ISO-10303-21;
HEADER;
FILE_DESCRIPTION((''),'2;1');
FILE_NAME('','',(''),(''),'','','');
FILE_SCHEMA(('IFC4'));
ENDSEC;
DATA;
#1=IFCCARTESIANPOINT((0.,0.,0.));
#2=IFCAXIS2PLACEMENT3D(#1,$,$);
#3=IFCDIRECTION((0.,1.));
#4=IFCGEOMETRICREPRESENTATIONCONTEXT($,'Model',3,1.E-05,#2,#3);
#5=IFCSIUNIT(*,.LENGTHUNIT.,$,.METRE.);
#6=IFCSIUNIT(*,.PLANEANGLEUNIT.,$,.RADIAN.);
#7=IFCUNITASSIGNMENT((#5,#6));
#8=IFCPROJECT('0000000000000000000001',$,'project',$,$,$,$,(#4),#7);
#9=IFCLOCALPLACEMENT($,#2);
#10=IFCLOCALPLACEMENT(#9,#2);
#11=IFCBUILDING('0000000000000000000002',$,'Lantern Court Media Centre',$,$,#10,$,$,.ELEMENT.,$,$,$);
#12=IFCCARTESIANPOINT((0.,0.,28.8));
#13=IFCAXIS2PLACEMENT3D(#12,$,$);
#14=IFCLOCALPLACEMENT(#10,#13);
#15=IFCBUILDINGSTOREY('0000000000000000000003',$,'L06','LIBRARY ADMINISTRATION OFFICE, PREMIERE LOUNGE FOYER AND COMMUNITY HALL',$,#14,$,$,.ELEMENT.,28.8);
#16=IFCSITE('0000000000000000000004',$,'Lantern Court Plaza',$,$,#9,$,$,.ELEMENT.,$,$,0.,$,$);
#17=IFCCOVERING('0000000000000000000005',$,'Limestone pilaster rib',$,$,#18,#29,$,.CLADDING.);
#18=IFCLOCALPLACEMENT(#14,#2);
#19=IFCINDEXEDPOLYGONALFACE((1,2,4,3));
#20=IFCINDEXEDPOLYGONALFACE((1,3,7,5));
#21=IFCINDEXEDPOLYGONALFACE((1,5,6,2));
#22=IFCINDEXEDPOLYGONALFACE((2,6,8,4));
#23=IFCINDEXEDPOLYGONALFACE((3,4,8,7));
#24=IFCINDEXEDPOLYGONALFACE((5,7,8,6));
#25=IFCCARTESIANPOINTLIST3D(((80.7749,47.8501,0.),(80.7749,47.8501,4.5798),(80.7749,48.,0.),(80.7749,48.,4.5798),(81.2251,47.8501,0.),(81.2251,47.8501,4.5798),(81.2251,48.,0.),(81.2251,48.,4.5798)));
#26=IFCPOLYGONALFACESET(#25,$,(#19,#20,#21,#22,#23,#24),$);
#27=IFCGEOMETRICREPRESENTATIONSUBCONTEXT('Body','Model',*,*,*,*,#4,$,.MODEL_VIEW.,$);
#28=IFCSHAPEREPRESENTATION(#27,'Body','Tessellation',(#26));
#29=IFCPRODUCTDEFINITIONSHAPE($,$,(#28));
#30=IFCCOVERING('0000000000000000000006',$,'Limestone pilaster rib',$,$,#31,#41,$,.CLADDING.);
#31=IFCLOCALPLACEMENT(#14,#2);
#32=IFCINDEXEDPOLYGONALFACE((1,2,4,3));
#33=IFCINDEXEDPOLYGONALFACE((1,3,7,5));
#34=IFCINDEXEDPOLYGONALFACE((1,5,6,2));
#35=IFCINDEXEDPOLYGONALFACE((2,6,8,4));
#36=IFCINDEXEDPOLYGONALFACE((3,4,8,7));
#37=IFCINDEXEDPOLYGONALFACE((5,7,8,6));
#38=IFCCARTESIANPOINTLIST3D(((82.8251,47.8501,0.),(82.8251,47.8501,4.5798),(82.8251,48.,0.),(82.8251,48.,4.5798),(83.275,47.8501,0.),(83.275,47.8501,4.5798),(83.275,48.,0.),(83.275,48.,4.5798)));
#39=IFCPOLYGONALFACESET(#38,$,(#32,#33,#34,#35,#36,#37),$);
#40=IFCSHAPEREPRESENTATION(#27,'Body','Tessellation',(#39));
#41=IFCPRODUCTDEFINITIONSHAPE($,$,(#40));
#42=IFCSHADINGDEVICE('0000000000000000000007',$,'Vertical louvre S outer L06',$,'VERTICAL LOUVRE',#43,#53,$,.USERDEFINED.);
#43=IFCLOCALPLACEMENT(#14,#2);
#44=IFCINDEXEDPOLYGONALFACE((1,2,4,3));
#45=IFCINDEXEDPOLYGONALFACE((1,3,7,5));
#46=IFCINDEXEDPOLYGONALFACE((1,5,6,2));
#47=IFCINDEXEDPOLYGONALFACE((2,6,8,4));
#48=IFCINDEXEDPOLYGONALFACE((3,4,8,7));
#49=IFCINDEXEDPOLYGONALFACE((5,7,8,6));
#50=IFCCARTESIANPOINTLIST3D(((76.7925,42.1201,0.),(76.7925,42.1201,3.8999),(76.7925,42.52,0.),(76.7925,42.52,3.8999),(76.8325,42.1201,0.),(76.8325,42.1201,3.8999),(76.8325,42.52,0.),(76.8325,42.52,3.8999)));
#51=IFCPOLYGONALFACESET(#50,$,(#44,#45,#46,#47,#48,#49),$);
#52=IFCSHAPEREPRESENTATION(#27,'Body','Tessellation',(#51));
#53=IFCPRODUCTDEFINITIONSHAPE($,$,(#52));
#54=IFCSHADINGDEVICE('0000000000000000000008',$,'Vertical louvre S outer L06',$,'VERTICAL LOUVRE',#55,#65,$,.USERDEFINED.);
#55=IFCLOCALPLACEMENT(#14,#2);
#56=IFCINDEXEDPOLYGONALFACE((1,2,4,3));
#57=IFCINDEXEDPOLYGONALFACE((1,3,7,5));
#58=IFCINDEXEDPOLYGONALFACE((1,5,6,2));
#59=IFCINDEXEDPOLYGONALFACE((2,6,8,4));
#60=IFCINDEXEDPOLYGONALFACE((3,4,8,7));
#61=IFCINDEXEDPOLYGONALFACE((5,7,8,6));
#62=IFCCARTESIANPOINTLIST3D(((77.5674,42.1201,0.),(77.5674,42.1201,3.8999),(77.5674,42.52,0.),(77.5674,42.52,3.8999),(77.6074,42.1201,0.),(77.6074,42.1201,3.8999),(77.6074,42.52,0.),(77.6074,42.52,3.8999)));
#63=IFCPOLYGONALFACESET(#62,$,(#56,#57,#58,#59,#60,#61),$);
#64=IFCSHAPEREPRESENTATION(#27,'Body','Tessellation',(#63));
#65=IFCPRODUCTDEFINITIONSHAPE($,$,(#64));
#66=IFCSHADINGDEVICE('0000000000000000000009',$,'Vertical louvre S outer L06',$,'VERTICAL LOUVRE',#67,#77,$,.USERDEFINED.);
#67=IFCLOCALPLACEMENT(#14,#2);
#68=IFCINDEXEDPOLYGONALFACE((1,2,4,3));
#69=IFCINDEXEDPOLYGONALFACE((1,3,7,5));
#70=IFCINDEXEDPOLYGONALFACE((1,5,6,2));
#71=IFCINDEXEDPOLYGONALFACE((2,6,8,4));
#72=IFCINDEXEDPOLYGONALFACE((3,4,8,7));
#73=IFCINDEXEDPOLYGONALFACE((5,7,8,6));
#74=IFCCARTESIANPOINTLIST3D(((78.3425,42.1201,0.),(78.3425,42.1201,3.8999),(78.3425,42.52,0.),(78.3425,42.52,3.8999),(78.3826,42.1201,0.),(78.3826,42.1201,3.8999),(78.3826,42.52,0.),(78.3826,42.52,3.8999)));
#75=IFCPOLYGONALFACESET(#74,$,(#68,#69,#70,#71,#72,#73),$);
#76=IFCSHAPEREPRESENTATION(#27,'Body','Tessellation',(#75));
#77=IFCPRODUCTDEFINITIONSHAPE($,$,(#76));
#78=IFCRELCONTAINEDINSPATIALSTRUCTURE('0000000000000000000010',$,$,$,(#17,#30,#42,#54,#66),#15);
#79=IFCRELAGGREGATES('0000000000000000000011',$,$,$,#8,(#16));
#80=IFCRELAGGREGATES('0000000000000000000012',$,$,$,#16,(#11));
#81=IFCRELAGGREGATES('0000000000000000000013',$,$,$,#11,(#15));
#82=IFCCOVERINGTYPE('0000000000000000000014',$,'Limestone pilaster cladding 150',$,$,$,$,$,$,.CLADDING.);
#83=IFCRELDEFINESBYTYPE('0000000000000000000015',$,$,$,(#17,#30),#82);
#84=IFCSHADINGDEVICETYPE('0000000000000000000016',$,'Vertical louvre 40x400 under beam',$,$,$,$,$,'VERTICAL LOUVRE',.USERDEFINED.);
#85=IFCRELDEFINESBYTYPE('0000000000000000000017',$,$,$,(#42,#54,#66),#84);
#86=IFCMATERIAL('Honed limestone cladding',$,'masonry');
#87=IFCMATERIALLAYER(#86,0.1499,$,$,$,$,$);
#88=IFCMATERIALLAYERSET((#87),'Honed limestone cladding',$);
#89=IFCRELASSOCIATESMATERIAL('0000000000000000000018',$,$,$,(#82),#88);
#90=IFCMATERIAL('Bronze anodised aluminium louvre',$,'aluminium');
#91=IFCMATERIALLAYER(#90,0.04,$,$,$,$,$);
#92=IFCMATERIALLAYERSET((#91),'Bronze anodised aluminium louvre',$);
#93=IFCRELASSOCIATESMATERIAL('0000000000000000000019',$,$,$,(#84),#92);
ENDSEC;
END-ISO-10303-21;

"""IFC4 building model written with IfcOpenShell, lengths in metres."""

from ifc_helpers import new_model, si_unit, direction, frame, frame_2d, origin, origin_2d, place, context, subcontext, project, spatial, rectangle, extrude, material, layer, layer_set, type_object, element, save


model = new_model("IFC4")

# Units and contexts
model_context = context("Model", 3, precision=1e-05, world=origin(), true_north=direction((0.0, 1.0)))
body_context = subcontext(model_context, "Body", "Model", "MODEL_VIEW")
ifc_project = project(units=[si_unit("LENGTHUNIT", "METRE"), si_unit("PLANEANGLEUNIT", "RADIAN")], contexts=[model_context])

# Site, building, storey
site_placement = place(None, origin())
site = spatial("IfcSite", under=ifc_project, at=site_placement, Name="Lantern Court Plaza", CompositionType="ELEMENT", RefElevation=0.0)
building_placement = place(site_placement, origin())
building = spatial("IfcBuilding", under=site, at=building_placement, Name="Lantern Court Media Centre", CompositionType="ELEMENT")
storey_placement = place(building_placement, frame((0.0, 0.0, 28.8)))
storey = spatial("IfcBuildingStorey", under=building, at=storey_placement, Name="L06", Description="LIBRARY ADMINISTRATION OFFICE, PREMIERE LOUNGE FOYER AND COMMUNITY HALL", CompositionType="ELEMENT", Elevation=28.8)

# Coverings
ifc_material_1 = material(Name="Honed limestone cladding", Category="masonry")
ifc_layer_1 = layer(ifc_material_1, 0.1499)
ifc_layer_set_1 = layer_set([ifc_layer_1], Name="Honed limestone cladding")
covering_type = type_object("IfcCoveringType", Name="Limestone pilaster cladding 150", PredefinedType="CLADDING", material=ifc_layer_set_1)
covering_1_placement = place(storey_placement, frame((80.7749, 47.925, 0.0), z_axis=(0.0, 0.0, 1.0), x_axis=(1.0, 0.0, 0.0)))
element("IfcCovering", 1, at=covering_1_placement, inside=storey, type_object=covering_type, Name="Limestone pilaster rib", PredefinedType="CLADDING", context=body_context, shape_type="SweptSolid", body=[
    extrude(rectangle(XDim=0.4502, YDim=0.1499, at=frame_2d((0.2251, 0.0))), origin(), (0.0, 0.0, 1.0), 4.5798),
])
covering_2_placement = place(storey_placement, frame((82.825, 47.925, 0.0), z_axis=(0.0, 0.0, 1.0), x_axis=(1.0, 0.0, 0.0)))
element("IfcCovering", 2, at=covering_2_placement, inside=storey, type_object=covering_type, Name="Limestone pilaster rib", PredefinedType="CLADDING", context=body_context, shape_type="SweptSolid", body=[
    extrude(rectangle(XDim=0.45, YDim=0.1499, at=frame_2d((0.2251, 0.0))), origin(), (0.0, 0.0, 1.0), 4.5798),
])

# Shading devices
ifc_material_2 = material(Name="Bronze anodised aluminium louvre", Category="aluminium")
ifc_layer_2 = layer(ifc_material_2, 0.04)
ifc_layer_set_2 = layer_set([ifc_layer_2], Name="Bronze anodised aluminium louvre")
shading_device_type = type_object("IfcShadingDeviceType", Name="Vertical louvre 40x400 under beam", ElementType="VERTICAL LOUVRE", PredefinedType="USERDEFINED", material=ifc_layer_set_2)
for number, where, z_axis, x_axis, name in (
    (3, (76.8125, 42.3201, 0.0), (0.0, 0.0, 1.0), (1.0, 0.0, 0.0), "Vertical louvre S outer L06"),
    (4, (77.5874, 42.3201, 0.0), (0.0, 0.0, 1.0), (1.0, 0.0, 0.0), "Vertical louvre S outer L06"),
    (5, (78.3625, 42.3201, 0.0), (0.0, 0.0, 1.0), (1.0, 0.0, 0.0), "Vertical louvre S outer L06"),
):
    element("IfcShadingDevice", number, at=place(storey_placement, frame(where, z_axis=z_axis, x_axis=x_axis)), inside=storey, type_object=shading_device_type, Name=name, ObjectType="VERTICAL LOUVRE", PredefinedType="USERDEFINED", context=body_context, shape_type="SweptSolid", body=[
        extrude(rectangle(XDim=0.04, YDim=0.3999, at=origin_2d()), origin(), (0.0, 0.0, 1.0), 3.8999),
    ])

save(model, "model.ifc")
